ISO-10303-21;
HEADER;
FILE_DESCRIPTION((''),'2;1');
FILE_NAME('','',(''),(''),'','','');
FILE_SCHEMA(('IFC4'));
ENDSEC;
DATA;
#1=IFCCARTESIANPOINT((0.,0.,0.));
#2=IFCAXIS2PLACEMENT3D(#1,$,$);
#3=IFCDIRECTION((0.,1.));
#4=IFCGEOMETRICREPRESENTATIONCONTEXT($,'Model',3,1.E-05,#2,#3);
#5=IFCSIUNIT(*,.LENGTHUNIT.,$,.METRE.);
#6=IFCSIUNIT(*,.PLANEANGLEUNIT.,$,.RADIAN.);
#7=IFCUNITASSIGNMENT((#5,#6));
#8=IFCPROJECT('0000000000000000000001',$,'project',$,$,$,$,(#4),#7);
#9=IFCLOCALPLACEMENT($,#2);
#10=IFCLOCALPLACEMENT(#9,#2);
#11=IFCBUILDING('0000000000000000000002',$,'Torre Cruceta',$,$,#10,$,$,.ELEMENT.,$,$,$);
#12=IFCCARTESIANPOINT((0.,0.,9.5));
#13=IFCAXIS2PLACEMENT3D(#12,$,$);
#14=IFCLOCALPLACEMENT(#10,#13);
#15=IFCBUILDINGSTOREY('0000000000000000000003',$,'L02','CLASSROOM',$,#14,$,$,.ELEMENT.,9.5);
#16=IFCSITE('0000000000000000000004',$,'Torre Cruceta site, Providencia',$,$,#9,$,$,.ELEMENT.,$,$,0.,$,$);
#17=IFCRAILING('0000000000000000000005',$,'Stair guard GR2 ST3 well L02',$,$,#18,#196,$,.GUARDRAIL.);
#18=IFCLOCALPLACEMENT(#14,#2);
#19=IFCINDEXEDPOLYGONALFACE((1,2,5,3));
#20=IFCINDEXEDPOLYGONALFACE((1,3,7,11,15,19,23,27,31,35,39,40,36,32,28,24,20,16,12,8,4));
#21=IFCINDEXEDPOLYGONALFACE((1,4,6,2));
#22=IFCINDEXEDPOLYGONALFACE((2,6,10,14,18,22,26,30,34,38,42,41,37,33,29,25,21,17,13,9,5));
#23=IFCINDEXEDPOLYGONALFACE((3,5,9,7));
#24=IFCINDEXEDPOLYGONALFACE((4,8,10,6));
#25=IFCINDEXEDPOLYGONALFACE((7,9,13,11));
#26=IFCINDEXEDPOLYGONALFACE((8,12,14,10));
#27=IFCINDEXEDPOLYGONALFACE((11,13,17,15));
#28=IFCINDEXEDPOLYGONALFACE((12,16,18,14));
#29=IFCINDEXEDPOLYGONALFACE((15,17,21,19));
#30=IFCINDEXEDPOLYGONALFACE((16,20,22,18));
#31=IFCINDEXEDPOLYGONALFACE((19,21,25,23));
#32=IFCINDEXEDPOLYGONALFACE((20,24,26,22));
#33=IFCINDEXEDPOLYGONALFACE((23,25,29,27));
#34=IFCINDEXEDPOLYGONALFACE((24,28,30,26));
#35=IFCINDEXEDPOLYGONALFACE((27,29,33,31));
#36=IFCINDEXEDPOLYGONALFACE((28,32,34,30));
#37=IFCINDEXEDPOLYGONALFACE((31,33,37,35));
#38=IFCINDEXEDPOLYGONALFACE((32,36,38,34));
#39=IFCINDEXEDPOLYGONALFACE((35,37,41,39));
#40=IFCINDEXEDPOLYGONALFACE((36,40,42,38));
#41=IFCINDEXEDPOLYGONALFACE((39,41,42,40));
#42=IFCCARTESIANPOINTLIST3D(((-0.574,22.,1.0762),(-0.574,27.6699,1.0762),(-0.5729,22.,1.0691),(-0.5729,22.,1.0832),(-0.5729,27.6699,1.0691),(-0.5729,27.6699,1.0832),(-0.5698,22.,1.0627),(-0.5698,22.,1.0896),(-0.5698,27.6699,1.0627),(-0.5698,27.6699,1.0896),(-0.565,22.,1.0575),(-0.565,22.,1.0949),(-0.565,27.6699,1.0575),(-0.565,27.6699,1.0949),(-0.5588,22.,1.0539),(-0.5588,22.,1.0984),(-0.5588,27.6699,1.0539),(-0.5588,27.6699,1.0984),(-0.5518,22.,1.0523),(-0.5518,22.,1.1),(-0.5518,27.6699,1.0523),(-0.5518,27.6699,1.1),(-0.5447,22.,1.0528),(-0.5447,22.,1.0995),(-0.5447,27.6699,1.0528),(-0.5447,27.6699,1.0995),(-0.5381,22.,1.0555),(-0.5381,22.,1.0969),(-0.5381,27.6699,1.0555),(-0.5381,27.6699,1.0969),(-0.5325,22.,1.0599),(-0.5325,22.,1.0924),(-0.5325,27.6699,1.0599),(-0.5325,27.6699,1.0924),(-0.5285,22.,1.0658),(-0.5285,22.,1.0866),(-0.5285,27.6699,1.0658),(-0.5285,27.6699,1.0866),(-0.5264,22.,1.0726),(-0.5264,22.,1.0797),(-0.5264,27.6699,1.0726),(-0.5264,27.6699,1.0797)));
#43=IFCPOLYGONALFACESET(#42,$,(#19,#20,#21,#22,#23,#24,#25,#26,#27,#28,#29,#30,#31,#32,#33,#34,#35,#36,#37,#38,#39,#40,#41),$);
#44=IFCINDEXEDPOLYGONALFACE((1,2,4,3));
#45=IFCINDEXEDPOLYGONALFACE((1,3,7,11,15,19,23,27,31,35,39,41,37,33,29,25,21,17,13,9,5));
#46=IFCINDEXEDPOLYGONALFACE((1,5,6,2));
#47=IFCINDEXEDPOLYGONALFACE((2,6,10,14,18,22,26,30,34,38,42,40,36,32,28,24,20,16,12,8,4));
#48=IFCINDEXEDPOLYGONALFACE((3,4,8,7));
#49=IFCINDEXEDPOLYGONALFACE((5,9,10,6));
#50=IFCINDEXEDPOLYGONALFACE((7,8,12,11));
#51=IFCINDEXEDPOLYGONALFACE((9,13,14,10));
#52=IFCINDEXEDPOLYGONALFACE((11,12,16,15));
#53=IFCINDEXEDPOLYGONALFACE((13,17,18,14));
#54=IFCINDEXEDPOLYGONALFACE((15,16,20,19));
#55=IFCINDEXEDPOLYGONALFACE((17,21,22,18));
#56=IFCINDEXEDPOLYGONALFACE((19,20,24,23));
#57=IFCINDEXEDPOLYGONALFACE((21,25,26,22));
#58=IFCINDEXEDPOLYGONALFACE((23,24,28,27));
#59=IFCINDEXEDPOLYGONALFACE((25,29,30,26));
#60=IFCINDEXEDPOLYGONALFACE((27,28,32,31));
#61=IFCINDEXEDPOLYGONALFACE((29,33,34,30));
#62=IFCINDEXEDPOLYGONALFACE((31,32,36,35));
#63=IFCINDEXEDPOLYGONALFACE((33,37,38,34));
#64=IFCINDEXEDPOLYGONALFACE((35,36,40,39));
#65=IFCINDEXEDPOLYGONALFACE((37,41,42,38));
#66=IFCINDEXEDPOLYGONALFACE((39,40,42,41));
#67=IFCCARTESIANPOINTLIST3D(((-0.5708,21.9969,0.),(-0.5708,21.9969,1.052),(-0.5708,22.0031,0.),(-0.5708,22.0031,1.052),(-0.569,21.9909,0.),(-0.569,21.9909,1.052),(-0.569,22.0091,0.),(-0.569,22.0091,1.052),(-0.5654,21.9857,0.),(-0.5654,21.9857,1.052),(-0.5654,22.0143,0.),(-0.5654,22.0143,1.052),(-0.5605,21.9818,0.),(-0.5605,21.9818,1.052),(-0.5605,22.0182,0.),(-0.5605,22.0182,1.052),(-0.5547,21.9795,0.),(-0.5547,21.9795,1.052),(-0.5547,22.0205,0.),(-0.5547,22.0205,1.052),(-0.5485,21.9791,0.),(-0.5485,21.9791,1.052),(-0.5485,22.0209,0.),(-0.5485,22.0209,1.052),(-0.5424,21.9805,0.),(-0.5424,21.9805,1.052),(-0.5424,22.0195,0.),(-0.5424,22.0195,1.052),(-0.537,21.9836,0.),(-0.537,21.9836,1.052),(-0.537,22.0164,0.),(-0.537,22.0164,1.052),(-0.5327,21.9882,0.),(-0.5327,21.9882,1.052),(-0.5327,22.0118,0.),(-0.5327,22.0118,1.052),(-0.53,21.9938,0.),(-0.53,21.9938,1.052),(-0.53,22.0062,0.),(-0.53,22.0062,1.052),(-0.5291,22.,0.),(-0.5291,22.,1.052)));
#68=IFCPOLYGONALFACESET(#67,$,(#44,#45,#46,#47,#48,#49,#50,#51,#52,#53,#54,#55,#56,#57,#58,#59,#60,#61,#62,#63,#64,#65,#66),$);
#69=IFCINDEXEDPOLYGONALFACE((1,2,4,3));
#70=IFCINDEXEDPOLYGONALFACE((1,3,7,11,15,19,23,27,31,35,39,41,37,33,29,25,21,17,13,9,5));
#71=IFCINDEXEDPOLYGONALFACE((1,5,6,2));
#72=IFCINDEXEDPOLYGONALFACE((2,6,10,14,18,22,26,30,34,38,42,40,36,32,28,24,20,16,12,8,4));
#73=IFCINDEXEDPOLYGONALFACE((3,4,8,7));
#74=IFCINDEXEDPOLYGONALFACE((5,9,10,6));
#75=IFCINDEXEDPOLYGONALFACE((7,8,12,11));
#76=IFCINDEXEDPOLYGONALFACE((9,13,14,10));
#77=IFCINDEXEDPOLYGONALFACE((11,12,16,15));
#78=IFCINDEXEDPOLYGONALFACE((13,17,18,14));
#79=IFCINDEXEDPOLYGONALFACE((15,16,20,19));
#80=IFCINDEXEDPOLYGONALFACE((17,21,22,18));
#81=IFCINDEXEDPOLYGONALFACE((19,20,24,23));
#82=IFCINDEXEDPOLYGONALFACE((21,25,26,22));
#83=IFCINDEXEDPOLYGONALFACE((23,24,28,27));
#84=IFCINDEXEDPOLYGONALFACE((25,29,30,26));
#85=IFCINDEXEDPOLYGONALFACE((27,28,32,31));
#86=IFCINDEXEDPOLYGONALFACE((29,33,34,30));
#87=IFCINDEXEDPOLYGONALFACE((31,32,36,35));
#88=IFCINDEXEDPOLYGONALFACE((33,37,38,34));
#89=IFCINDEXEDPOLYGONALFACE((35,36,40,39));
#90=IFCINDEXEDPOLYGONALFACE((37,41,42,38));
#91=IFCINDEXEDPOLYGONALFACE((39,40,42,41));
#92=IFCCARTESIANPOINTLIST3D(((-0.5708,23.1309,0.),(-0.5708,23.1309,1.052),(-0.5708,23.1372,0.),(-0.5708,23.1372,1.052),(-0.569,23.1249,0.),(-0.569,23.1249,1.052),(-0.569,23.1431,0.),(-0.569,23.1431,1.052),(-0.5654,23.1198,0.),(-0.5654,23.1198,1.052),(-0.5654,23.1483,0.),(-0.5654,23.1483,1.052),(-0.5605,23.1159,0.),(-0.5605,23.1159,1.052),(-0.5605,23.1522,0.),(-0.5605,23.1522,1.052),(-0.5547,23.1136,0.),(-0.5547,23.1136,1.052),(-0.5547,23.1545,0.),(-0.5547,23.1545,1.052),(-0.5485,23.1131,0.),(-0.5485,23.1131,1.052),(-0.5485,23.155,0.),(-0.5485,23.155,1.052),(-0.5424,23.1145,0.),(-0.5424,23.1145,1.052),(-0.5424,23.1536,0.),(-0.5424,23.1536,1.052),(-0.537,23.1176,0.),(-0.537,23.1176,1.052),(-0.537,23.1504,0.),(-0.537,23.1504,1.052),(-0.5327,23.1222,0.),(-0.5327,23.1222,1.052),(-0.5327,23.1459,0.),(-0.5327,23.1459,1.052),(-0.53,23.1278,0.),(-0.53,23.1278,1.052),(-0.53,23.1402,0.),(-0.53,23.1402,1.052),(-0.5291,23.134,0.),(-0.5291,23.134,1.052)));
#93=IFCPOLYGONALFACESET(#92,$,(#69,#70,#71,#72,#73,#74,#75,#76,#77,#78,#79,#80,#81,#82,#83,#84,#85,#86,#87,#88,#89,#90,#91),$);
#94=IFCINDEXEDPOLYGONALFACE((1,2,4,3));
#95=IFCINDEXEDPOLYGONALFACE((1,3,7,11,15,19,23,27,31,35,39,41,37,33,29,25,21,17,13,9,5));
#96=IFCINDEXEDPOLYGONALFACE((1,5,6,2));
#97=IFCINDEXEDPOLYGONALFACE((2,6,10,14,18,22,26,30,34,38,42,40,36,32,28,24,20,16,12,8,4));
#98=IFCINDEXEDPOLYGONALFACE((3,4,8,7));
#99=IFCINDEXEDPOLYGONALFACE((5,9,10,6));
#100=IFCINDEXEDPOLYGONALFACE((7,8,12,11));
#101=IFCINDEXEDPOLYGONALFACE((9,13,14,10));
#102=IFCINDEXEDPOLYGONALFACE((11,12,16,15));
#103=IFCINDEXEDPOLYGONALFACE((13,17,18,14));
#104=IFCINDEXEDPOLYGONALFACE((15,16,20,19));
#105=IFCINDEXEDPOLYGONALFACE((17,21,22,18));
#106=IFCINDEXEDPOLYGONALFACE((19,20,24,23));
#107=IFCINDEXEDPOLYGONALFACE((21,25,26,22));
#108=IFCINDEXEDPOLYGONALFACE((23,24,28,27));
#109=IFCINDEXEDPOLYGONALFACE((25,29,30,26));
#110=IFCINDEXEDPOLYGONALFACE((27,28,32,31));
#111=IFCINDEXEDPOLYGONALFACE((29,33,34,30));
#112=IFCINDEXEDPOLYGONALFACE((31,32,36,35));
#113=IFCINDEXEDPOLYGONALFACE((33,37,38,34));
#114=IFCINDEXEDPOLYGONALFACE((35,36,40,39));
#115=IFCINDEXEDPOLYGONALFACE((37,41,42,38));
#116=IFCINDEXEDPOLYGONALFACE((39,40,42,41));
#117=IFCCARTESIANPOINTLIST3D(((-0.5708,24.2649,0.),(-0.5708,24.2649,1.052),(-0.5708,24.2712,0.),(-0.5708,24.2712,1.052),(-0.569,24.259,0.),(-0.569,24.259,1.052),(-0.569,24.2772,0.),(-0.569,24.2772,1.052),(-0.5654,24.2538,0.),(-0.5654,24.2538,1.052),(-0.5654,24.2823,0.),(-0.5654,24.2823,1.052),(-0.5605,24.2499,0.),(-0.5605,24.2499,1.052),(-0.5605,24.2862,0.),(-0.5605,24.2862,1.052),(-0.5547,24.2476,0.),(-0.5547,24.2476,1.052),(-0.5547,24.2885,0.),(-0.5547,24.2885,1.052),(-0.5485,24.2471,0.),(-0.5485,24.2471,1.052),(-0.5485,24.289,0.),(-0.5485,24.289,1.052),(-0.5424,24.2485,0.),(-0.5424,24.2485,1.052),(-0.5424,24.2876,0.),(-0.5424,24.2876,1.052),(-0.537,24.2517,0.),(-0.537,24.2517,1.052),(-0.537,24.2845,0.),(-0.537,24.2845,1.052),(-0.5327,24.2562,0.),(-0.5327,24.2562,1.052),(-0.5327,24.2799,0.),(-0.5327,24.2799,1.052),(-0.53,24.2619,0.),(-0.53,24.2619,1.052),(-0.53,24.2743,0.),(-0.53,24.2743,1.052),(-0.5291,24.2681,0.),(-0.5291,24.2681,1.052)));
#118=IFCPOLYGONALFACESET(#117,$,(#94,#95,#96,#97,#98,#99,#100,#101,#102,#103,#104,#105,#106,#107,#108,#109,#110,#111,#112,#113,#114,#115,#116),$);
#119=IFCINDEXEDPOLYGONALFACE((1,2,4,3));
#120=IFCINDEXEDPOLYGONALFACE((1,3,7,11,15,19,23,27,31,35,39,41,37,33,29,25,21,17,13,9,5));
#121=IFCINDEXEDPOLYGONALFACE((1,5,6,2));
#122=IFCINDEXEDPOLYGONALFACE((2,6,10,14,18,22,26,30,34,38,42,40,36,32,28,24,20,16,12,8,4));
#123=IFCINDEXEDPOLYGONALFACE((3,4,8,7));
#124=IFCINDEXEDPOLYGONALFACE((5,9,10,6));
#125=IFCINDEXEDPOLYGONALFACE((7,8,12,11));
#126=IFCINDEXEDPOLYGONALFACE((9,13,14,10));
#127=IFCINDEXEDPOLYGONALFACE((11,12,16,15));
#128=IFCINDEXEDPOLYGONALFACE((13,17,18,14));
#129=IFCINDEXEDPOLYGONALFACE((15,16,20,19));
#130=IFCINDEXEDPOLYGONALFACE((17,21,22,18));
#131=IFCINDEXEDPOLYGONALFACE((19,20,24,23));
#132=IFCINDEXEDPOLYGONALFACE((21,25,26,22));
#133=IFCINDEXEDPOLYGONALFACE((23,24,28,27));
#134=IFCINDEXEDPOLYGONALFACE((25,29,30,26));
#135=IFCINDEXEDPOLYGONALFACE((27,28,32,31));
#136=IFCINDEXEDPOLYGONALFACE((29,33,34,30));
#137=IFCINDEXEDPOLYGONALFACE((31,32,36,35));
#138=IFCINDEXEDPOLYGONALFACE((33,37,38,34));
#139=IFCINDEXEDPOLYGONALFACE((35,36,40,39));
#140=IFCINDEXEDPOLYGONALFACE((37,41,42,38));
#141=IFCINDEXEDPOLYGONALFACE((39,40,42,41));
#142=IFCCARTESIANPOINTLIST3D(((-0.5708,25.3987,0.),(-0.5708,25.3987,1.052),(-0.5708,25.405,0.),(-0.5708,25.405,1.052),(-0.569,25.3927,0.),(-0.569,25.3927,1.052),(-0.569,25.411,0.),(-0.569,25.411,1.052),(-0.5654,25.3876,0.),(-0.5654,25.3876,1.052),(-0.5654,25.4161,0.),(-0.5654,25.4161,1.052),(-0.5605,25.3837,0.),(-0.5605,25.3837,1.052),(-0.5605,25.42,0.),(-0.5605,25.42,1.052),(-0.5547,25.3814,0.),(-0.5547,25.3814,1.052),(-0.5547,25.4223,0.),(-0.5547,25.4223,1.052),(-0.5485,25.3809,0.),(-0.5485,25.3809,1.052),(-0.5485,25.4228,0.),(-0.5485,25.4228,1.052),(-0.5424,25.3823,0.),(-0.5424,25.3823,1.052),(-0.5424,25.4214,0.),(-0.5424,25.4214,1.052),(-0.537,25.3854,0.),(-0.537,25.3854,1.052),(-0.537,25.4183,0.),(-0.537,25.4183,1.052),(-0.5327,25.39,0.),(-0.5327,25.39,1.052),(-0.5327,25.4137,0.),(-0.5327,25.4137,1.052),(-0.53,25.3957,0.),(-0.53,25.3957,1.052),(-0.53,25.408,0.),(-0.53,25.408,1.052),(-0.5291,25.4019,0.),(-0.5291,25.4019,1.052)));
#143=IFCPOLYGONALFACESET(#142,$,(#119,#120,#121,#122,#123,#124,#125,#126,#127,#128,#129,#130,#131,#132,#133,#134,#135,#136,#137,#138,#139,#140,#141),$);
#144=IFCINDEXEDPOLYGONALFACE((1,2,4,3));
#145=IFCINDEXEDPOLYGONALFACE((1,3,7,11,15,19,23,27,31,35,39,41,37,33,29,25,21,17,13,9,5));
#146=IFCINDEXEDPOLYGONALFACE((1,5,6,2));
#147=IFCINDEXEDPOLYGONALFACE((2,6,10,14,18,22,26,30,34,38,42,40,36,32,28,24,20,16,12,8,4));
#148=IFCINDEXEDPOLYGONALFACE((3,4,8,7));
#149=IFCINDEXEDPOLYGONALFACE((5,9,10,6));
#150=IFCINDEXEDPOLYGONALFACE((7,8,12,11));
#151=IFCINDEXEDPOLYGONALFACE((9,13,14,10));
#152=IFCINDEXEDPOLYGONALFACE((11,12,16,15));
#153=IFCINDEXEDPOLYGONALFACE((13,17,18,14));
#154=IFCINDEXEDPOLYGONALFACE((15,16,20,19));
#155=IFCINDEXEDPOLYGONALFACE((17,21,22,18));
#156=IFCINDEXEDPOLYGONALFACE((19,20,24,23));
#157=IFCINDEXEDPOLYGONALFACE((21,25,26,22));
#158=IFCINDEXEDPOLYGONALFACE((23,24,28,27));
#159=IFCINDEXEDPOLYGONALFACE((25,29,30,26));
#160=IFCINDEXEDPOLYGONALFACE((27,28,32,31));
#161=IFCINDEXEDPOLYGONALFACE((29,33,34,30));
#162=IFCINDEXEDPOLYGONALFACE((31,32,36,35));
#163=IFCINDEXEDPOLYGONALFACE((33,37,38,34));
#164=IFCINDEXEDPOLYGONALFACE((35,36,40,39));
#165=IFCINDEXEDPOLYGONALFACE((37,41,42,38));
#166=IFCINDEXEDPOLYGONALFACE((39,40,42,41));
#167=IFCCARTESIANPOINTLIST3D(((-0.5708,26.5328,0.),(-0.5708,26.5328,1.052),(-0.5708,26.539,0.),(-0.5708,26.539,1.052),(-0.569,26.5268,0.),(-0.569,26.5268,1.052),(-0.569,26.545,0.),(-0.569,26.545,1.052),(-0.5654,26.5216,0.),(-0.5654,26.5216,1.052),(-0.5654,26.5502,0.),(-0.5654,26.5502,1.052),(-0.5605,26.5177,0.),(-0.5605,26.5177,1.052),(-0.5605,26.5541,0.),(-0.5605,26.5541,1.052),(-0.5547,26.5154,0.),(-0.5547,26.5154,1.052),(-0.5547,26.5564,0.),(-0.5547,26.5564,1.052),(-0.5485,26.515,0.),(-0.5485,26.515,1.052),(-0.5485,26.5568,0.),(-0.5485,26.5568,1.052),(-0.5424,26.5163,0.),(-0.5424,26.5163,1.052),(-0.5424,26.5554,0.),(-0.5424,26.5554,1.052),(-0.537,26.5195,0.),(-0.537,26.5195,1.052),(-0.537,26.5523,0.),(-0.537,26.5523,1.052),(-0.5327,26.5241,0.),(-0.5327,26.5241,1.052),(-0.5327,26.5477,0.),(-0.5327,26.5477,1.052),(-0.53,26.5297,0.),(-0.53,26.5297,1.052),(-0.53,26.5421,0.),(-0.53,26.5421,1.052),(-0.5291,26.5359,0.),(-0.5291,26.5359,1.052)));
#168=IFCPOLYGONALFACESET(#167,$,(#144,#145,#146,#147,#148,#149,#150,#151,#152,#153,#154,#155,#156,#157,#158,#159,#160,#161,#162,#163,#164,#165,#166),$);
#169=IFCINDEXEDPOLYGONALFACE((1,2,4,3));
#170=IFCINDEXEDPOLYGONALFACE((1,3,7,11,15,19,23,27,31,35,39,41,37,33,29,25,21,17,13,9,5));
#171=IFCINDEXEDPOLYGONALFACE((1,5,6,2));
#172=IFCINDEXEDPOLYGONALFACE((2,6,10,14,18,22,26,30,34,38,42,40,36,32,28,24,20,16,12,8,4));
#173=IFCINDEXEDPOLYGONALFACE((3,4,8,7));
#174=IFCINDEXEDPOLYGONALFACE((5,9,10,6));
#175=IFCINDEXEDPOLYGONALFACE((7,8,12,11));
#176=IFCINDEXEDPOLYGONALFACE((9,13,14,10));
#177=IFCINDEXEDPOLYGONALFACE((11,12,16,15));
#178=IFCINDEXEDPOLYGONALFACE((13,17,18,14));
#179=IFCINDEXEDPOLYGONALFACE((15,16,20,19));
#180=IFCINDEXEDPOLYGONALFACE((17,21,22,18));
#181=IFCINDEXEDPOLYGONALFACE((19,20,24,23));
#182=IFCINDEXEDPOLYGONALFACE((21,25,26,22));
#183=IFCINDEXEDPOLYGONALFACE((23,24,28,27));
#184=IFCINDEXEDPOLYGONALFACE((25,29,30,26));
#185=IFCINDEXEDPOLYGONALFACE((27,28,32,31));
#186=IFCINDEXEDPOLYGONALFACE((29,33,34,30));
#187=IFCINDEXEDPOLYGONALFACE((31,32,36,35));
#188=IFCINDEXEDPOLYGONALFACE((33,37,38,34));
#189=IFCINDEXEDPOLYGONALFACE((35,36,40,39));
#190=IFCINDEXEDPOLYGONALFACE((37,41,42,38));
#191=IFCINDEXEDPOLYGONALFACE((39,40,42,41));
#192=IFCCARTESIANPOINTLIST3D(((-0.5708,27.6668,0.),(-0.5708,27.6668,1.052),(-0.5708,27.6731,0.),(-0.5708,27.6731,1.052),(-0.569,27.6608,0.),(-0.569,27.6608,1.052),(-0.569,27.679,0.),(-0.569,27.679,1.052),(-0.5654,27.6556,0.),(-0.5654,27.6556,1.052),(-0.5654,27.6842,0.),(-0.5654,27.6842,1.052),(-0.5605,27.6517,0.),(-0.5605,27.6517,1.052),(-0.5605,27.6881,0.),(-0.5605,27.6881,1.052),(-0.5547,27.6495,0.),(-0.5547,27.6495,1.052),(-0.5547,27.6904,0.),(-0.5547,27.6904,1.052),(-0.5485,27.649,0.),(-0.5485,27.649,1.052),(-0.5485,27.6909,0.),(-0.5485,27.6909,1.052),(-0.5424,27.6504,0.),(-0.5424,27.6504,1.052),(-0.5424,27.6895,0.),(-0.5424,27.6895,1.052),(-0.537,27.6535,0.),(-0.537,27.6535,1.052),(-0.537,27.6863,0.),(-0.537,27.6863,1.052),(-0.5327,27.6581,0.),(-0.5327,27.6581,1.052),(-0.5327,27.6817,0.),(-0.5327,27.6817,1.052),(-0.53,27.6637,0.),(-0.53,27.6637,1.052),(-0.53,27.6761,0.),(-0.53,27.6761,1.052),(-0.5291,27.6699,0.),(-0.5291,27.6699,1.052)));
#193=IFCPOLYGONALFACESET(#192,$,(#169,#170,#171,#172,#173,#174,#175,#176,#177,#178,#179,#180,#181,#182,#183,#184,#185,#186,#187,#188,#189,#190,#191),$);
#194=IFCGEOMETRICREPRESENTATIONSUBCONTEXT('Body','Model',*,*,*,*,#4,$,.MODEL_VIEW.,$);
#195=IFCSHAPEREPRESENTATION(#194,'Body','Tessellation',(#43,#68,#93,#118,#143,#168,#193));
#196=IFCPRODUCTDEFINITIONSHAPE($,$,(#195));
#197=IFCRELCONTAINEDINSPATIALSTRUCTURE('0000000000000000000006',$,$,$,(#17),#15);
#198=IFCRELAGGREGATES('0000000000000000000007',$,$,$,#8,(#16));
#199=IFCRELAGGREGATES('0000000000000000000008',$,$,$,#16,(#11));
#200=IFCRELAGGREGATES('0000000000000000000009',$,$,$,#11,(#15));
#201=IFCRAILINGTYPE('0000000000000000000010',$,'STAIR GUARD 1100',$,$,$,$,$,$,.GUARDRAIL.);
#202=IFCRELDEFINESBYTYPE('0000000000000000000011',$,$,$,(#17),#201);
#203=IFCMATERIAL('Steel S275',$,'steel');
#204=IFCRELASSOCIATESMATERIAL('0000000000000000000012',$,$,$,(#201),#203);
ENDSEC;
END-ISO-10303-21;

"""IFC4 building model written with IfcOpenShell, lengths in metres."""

from ifc_helpers import new_model, si_unit, direction, frame, origin, origin_2d, place, context, subcontext, project, spatial, circle, extrude, material, type_object, element, save


model = new_model("IFC4")

# Units and contexts
model_context = context("Model", 3, precision=1e-05, world=origin(), true_north=direction((0.0, 1.0)))
body_context = subcontext(model_context, "Body", "Model", "MODEL_VIEW")
ifc_project = project(units=[si_unit("LENGTHUNIT", "METRE"), si_unit("PLANEANGLEUNIT", "RADIAN")], contexts=[model_context])

# Site, building, storey
site_placement = place(None, origin())
site = spatial("IfcSite", under=ifc_project, at=site_placement, Name="Torre Cruceta site, Providencia", CompositionType="ELEMENT", RefElevation=0.0)
building_placement = place(site_placement, origin())
building = spatial("IfcBuilding", under=site, at=building_placement, Name="Torre Cruceta", CompositionType="ELEMENT")
storey_placement = place(building_placement, frame((0.0, 0.0, 9.5)))
storey = spatial("IfcBuildingStorey", under=building, at=storey_placement, Name="L02", Description="CLASSROOM", CompositionType="ELEMENT", Elevation=9.5)

# Railing
ifc_material_1 = material(Name="Steel S275", Category="steel")
railing_type_1 = type_object("IfcRailingType", Name="STAIR GUARD 1100", PredefinedType="GUARDRAIL", material=ifc_material_1)
railing_1_placement = place(storey_placement, frame((-0.55, 22.0, 0.0)))
element("IfcRailing", 1, at=railing_1_placement, inside=storey, type_object=railing_type_1, Name="Stair guard GR2 ST3 well L02", PredefinedType="GUARDRAIL", context=body_context, shape_type="SweptSolid", body=[
    extrude(circle(Radius=0.0239, at=origin_2d()), frame((0.0, 0.0, 1.0762), z_axis=(0.0, 1.0, 0.0), x_axis=(-1.0, 0.0, 0.0)), (0.0, 0.0, 1.0), 5.6699),
    extrude(circle(Radius=0.021, at=origin_2d()), origin(), (0.0, 0.0, 1.0), 1.052),
    extrude(circle(Radius=0.021, at=origin_2d()), frame((0.0, 1.134, 0.0)), (0.0, 0.0, 1.0), 1.052),
    extrude(circle(Radius=0.021, at=origin_2d()), frame((0.0, 2.2681, 0.0)), (0.0, 0.0, 1.0), 1.052),
    extrude(circle(Radius=0.021, at=origin_2d()), frame((0.0, 3.4019, 0.0)), (0.0, 0.0, 1.0), 1.052),
    extrude(circle(Radius=0.021, at=origin_2d()), frame((0.0, 4.5359, 0.0)), (0.0, 0.0, 1.0), 1.052),
    extrude(circle(Radius=0.021, at=origin_2d()), frame((0.0, 5.6699, 0.0)), (0.0, 0.0, 1.0), 1.052),
])

save(model, "model.ifc")
